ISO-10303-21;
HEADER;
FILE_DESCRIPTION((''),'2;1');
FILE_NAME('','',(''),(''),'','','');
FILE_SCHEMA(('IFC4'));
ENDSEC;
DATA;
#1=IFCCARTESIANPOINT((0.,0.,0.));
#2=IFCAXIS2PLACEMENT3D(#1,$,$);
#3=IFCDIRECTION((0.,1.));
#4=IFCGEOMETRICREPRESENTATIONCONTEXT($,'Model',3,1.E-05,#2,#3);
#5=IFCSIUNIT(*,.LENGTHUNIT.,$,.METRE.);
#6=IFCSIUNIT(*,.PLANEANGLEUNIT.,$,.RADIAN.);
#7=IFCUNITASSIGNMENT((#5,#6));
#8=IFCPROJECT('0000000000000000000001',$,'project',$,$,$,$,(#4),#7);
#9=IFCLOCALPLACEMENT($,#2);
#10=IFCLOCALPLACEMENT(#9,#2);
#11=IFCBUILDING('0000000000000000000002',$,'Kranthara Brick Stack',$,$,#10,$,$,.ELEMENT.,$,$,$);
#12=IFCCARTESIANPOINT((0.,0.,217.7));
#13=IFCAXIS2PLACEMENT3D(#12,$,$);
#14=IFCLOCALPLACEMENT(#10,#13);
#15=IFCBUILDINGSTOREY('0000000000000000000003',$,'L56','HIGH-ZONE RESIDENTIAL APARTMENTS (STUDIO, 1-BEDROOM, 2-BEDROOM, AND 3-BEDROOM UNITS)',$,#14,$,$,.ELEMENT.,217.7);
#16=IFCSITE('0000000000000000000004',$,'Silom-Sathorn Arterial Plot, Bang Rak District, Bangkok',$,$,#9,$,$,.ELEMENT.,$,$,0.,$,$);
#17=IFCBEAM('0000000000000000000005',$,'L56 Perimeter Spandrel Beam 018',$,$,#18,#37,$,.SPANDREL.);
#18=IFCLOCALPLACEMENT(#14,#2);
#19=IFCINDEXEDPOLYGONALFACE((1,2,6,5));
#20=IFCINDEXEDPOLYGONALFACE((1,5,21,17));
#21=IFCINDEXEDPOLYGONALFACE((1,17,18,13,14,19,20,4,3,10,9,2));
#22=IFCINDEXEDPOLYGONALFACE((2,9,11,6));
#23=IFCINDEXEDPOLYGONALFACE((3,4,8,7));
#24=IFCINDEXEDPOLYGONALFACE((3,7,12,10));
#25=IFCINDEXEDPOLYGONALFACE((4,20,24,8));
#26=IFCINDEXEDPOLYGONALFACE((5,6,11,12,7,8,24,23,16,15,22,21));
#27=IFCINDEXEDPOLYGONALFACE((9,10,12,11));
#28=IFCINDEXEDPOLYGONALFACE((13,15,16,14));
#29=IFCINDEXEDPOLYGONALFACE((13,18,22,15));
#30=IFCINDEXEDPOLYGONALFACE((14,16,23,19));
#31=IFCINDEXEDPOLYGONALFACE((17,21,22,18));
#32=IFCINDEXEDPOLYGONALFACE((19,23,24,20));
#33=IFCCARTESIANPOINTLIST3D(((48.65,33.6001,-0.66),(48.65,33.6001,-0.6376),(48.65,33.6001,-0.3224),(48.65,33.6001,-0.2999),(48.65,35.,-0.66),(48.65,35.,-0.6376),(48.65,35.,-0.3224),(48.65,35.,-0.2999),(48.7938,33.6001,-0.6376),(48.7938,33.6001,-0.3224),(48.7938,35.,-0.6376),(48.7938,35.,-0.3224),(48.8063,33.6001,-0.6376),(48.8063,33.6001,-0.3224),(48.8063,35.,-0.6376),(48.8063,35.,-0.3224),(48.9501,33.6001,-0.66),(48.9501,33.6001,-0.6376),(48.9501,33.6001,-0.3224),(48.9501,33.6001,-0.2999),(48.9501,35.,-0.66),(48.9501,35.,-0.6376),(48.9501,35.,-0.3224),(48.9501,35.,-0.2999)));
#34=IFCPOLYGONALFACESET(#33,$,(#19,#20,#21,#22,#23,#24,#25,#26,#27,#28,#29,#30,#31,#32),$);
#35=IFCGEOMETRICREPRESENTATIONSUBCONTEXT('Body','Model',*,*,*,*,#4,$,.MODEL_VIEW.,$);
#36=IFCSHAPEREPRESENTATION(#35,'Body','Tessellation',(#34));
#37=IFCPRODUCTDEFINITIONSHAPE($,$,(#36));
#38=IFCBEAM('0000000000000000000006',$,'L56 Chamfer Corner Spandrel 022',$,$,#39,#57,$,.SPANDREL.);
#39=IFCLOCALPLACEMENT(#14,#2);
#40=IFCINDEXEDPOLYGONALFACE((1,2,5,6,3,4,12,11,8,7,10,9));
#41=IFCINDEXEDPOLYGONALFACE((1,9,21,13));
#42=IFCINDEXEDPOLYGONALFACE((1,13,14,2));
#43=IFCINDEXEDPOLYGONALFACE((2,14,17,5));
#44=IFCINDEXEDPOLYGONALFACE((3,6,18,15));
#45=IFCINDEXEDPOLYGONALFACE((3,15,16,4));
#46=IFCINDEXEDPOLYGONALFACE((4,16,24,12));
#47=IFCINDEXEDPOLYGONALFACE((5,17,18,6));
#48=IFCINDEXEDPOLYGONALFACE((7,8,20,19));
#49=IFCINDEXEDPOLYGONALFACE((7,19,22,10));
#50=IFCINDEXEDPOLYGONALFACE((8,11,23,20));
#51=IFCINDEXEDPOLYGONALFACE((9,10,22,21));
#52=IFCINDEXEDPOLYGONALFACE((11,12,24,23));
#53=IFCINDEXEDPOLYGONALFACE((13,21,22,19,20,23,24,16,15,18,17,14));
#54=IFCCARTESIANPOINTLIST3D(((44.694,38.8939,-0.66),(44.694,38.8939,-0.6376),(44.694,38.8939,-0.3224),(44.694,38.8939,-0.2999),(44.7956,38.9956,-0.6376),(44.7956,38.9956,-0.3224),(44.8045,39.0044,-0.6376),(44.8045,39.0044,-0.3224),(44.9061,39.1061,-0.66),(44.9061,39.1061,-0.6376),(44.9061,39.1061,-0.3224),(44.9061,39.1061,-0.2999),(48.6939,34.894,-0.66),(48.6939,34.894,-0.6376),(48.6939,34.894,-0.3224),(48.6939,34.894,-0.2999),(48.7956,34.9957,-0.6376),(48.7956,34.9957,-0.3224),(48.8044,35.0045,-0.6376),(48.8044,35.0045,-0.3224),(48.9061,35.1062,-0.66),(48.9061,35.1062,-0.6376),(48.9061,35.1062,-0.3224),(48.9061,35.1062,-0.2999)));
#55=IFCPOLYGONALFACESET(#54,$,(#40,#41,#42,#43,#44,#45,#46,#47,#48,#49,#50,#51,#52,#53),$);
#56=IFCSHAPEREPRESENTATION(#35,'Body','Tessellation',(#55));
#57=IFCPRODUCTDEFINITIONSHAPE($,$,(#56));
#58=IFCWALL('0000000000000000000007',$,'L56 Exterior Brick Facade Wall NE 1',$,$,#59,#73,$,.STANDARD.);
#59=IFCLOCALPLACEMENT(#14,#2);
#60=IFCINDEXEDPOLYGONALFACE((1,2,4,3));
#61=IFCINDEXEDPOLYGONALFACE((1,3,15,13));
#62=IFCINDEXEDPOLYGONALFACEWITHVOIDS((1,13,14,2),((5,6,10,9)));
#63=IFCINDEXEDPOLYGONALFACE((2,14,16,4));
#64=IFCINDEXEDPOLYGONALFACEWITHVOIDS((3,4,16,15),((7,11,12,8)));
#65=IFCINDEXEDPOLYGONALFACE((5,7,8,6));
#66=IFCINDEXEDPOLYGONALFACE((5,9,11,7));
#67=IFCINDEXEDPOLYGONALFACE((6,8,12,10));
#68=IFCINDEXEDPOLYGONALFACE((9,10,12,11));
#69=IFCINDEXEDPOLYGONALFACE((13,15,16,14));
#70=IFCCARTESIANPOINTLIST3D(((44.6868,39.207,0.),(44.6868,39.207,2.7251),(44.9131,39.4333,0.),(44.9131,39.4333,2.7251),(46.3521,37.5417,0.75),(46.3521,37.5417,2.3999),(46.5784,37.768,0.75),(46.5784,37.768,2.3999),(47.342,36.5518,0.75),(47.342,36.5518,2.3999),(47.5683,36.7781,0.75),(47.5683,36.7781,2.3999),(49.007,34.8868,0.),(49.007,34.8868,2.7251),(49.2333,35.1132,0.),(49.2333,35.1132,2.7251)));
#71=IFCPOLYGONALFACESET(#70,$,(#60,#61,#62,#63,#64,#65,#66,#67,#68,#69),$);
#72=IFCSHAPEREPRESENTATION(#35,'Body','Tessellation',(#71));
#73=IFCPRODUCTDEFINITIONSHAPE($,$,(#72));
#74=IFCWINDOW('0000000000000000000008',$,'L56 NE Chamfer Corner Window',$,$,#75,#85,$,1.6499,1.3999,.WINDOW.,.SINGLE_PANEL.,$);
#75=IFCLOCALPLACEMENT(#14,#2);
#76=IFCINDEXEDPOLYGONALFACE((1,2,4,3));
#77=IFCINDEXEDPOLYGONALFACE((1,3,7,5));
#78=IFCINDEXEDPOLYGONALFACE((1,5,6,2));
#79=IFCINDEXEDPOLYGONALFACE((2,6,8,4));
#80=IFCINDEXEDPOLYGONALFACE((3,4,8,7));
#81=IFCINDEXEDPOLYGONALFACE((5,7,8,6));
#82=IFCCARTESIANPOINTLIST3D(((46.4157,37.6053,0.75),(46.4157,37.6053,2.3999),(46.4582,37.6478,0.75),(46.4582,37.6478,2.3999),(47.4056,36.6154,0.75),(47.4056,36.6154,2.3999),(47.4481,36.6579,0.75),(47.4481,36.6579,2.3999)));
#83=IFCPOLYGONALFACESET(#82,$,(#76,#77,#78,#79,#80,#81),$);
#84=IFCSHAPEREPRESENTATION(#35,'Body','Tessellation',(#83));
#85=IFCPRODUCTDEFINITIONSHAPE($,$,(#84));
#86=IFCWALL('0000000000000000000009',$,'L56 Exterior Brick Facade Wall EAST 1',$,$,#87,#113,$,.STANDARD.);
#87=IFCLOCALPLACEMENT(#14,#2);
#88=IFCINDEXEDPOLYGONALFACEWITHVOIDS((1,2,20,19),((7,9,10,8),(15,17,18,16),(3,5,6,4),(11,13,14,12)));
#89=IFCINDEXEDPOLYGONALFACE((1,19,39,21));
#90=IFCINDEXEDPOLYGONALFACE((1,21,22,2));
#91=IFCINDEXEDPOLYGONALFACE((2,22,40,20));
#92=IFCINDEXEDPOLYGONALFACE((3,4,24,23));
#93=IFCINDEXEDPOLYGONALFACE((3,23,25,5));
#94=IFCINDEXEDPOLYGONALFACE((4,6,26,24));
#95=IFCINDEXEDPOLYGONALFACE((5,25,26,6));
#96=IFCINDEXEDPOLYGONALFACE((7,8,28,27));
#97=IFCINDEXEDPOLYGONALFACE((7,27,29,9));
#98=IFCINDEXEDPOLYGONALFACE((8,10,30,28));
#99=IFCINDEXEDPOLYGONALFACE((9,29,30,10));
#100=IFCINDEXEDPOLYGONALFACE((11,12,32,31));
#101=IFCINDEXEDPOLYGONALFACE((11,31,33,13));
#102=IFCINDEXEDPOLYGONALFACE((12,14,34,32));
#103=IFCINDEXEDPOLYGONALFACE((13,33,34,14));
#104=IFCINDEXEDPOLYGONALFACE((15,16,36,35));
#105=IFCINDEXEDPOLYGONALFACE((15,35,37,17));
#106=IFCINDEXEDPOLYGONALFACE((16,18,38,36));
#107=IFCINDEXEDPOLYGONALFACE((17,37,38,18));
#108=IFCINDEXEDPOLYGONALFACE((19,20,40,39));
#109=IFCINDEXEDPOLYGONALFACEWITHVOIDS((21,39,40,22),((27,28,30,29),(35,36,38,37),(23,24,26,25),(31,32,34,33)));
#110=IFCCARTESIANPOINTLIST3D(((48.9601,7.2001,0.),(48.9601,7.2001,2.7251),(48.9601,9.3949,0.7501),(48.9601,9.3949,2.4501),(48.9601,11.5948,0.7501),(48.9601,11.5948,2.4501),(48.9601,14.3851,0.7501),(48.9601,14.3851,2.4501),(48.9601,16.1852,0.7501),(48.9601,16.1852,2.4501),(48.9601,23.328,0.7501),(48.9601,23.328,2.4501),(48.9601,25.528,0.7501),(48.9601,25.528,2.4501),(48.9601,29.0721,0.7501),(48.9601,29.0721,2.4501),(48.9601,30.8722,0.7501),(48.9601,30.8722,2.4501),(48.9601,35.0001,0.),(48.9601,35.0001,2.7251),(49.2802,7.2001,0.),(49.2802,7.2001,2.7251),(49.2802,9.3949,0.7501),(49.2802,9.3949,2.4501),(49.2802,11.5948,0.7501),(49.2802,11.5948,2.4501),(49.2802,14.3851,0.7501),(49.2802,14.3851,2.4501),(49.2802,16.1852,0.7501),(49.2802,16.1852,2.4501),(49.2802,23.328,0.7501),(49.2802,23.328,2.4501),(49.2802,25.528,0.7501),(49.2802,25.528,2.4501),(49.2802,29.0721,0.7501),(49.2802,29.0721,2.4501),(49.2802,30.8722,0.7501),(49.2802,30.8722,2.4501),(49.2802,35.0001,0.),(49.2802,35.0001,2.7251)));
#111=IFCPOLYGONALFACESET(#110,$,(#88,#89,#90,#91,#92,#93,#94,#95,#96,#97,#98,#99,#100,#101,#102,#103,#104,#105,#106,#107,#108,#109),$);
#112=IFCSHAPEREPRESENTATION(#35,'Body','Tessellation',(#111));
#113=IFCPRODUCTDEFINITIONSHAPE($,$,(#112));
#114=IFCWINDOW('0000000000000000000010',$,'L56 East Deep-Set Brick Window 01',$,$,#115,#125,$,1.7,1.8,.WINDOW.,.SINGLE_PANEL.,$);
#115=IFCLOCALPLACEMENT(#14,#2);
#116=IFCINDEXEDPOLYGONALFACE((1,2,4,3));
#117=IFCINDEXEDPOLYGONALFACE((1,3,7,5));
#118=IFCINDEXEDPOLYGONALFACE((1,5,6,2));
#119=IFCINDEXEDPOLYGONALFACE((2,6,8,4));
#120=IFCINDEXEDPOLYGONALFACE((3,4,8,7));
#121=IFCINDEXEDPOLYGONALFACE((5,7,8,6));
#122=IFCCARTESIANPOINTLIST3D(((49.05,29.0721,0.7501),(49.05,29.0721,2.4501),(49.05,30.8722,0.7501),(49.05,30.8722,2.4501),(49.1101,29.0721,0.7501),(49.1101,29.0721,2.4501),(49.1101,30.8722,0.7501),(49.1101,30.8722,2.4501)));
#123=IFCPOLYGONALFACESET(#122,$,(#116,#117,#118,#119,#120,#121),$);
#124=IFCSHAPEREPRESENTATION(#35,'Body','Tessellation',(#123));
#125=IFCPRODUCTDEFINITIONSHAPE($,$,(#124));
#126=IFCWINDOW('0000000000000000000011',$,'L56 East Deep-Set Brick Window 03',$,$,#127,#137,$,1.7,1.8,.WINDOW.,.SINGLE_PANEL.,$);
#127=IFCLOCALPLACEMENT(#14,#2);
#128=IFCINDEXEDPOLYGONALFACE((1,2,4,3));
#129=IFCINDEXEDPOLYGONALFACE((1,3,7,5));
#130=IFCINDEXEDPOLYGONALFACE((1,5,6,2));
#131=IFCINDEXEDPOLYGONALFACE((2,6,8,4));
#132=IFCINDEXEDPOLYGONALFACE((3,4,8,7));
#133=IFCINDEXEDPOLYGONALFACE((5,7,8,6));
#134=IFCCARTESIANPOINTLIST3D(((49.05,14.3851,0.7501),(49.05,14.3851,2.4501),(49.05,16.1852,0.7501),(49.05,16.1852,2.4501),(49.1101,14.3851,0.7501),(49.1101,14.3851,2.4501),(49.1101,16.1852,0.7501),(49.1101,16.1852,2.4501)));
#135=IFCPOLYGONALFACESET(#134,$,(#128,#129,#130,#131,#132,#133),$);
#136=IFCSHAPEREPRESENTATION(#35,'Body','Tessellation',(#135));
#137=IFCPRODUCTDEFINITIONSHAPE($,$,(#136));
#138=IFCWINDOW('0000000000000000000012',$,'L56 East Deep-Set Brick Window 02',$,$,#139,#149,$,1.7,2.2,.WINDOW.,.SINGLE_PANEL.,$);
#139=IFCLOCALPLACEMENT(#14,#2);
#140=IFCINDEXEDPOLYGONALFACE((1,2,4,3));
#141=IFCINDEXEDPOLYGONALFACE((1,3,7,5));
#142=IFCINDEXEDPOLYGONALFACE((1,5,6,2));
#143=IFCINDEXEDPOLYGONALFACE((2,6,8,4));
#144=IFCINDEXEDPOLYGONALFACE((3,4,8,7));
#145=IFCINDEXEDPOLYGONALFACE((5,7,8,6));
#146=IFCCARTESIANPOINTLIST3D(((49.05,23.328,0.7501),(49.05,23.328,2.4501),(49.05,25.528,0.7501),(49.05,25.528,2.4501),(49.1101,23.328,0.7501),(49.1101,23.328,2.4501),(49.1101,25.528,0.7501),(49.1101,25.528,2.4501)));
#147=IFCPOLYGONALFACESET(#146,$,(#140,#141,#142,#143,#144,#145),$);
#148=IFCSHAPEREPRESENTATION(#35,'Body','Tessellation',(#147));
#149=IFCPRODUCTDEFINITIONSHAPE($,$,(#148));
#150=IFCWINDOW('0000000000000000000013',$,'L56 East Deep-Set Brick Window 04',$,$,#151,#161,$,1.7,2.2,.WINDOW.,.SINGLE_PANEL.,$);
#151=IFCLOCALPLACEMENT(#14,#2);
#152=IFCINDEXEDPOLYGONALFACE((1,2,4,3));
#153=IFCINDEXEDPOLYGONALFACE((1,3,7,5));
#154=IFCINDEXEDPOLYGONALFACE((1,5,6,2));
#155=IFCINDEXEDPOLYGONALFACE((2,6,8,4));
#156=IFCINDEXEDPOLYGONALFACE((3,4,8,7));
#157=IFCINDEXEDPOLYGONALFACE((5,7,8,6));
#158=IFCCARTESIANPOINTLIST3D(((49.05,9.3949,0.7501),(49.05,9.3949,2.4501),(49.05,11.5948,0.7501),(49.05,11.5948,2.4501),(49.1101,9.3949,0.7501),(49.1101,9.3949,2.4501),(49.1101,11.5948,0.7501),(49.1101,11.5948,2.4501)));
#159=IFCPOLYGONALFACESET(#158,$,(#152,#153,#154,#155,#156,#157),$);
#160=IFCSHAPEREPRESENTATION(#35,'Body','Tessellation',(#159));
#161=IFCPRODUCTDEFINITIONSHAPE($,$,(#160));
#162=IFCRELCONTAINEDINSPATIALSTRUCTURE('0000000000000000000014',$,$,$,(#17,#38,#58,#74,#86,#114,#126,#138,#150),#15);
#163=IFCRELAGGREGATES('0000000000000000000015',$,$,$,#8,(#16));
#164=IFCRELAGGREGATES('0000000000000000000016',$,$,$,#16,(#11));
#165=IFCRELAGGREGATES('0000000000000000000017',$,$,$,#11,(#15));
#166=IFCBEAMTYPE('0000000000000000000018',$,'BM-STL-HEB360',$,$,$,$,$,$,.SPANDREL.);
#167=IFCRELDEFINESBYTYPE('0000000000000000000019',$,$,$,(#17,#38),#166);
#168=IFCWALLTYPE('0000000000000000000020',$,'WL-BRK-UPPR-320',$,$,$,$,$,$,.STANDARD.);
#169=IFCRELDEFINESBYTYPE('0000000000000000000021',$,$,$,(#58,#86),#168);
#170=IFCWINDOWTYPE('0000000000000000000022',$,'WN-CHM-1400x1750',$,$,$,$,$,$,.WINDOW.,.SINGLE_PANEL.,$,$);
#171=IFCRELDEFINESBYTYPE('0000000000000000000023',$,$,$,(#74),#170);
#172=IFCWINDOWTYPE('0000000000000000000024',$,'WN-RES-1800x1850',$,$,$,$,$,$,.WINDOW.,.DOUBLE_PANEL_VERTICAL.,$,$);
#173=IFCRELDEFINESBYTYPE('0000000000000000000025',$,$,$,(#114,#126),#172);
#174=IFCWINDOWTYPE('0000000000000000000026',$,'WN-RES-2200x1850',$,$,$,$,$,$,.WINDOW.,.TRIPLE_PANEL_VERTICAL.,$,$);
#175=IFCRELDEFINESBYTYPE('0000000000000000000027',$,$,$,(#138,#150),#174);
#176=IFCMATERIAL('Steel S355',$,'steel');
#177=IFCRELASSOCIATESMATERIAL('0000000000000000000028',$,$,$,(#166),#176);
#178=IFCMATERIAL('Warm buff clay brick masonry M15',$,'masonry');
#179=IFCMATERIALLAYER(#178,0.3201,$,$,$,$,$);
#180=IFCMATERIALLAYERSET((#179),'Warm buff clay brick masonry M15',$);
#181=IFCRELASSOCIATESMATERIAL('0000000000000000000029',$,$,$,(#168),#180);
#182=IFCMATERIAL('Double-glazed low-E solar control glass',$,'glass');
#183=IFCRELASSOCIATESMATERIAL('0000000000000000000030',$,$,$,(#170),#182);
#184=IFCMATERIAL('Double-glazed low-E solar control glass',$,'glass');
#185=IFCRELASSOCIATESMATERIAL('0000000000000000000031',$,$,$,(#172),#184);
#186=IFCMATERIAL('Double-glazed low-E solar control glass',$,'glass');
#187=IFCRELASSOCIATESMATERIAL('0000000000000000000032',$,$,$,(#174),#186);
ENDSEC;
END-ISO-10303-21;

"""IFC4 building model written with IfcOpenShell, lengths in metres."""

from ifc_helpers import new_model, si_unit, direction, frame, frame_2d, origin, origin_2d, place, context, subcontext, project, spatial, rectangle, i_section, extrude, material, layer, layer_set, material_profile, profile_set, type_object, element, fill, save


model = new_model("IFC4")

# Units and contexts
model_context = context("Model", 3, precision=1e-05, world=origin(), true_north=direction((0.0, 1.0)))
body_context = subcontext(model_context, "Body", "Model", "MODEL_VIEW")
ifc_project = project(units=[si_unit("LENGTHUNIT", "METRE"), si_unit("PLANEANGLEUNIT", "RADIAN")], contexts=[model_context])

# Site, building, storey
site_placement = place(None, origin())
site = spatial("IfcSite", under=ifc_project, at=site_placement, Name="Silom-Sathorn Arterial Plot, Bang Rak District, Bangkok", CompositionType="ELEMENT", RefElevation=0.0)
building_placement = place(site_placement, origin())
building = spatial("IfcBuilding", under=site, at=building_placement, Name="Kranthara Brick Stack", CompositionType="ELEMENT")
storey_placement = place(building_placement, frame((0.0, 0.0, 217.7)))
storey = spatial("IfcBuildingStorey", under=building, at=storey_placement, Name="L56", Description="HIGH-ZONE RESIDENTIAL APARTMENTS (STUDIO, 1-BEDROOM, 2-BEDROOM, AND 3-BEDROOM UNITS)", CompositionType="ELEMENT", Elevation=217.7)

# Beams
ifc_material_1 = material(Name="Steel S355", Category="steel")
ifc_material_profile_1 = material_profile(ifc_material_1, i_section(OverallWidth=0.3, OverallDepth=0.3601, WebThickness=0.0125, FlangeThickness=0.0225, at=origin_2d()), Name="HEB 360")
ifc_profile_set_1 = profile_set([ifc_material_profile_1], Name="Steel S355")
beam_type_1 = type_object("IfcBeamType", Name="BM-STL-HEB360", PredefinedType="SPANDREL", material=ifc_profile_set_1)
beam_1_placement = place(storey_placement, frame((48.8, 33.6001, -0.48), z_axis=(0.0, 1.0, 0.0), x_axis=(-1.0, 0.0, 0.0)))
element("IfcBeam", 1, at=beam_1_placement, inside=storey, type_object=beam_type_1, Name="L56 Perimeter Spandrel Beam 018", PredefinedType="SPANDREL", context=body_context, shape_type="SweptSolid", body=[
    extrude(i_section(OverallWidth=0.3, OverallDepth=0.3601, WebThickness=0.0125, FlangeThickness=0.0225, at=origin_2d()), origin(), (0.0, 0.0, 1.0), 1.3999),
])
beam_2_placement = place(storey_placement, frame((44.8, 39.0, -0.48), z_axis=(0.707107, -0.707107, 0.0), x_axis=(0.707107, 0.707107, 0.0)))
element("IfcBeam", 2, at=beam_2_placement, inside=storey, type_object=beam_type_1, Name="L56 Chamfer Corner Spandrel 022", PredefinedType="SPANDREL", context=body_context, shape_type="SweptSolid", body=[
    extrude(i_section(OverallWidth=0.3, OverallDepth=0.3601, WebThickness=0.0125, FlangeThickness=0.0225, at=origin_2d()), origin(), (0.0, 0.0, 1.0), 5.6567),
])

# Wall, opening, window
ifc_material_2 = material(Name="Warm buff clay brick masonry M15", Category="masonry")
ifc_layer_1 = layer(ifc_material_2, 0.3201)
ifc_layer_set_1 = layer_set([ifc_layer_1], Name="Warm buff clay brick masonry M15")
wall_type_1 = type_object("IfcWallType", Name="WL-BRK-UPPR-320", PredefinedType="STANDARD", material=ifc_layer_set_1)
wall_1_placement = place(storey_placement, frame((44.8, 39.3201, 0.0), z_axis=(0.0, 0.0, 1.0), x_axis=(0.707107, -0.707107, 0.0)))
wall_1 = element("IfcWall", 3, at=wall_1_placement, inside=storey, type_object=wall_type_1, Name="L56 Exterior Brick Facade Wall NE 1", PredefinedType="STANDARD", context=body_context, shape_type="SweptSolid", body=[
    extrude(rectangle(XDim=6.1096, YDim=0.3201, at=frame_2d((3.0547, 0.0))), origin(), (0.0, 0.0, 1.0), 2.7251),
])
opening_1_placement = place(wall_1_placement, frame((2.355, 0.0, 0.75)))
opening_1 = element("IfcOpeningElement", 4, at=opening_1_placement, cuts=wall_1, PredefinedType="OPENING", context=body_context, shape_type="SweptSolid", body=[
    extrude(rectangle(XDim=1.3999, YDim=1.6499, at=frame_2d((0.7, 0.825))), frame((0.0, 0.1699, 0.0), z_axis=(0.0, -1.0, 0.0), x_axis=(1.0, 0.0, 0.0)), (0.0, 0.0, 1.0), 0.3401),
])
ifc_material_3 = material(Name="Double-glazed low-E solar control glass", Category="glass")
window_type_1 = type_object("IfcWindowType", Name="WN-CHM-1400x1750", PartitioningType="SINGLE_PANEL", PredefinedType="WINDOW", material=ifc_material_3)
window_1_placement = place(opening_1_placement, origin())
window_1 = element("IfcWindow", 5, at=window_1_placement, inside=storey, type_object=window_type_1, Name="L56 NE Chamfer Corner Window", OverallHeight=1.6499, OverallWidth=1.3999, PartitioningType="SINGLE_PANEL", PredefinedType="WINDOW", context=body_context, shape_type="SweptSolid", body=[
    extrude(rectangle(XDim=1.3999, YDim=1.6499, at=frame_2d((0.7, 0.825))), frame((0.0, -0.01, 0.0), z_axis=(0.0, -1.0, 0.0), x_axis=(1.0, 0.0, 0.0)), (0.0, 0.0, 1.0), 0.0601),
])
fill(opening_1, window_1)

# Wall, openings, windows
wall_2_placement = place(storey_placement, frame((49.1201, 35.0, 0.0), z_axis=(0.0, 0.0, 1.0), x_axis=(0.0, -1.0, 0.0)))
wall_2 = element("IfcWall", 6, at=wall_2_placement, inside=storey, type_object=wall_type_1, Name="L56 Exterior Brick Facade Wall EAST 1", PredefinedType="STANDARD", context=body_context, shape_type="SweptSolid", body=[
    extrude(rectangle(XDim=27.8, YDim=0.3201, at=frame_2d((13.8999, 0.0))), origin(), (0.0, 0.0, 1.0), 2.7251),
])
opening_2_placement = place(wall_2_placement, frame((4.1279, 0.0, 0.75)))
opening_2 = element("IfcOpeningElement", 7, at=opening_2_placement, cuts=wall_2, PredefinedType="OPENING", context=body_context, shape_type="SweptSolid", body=[
    extrude(rectangle(XDim=1.8, YDim=1.7, at=frame_2d((0.8999, 0.8501))), frame((0.0, 0.1699, 0.0), z_axis=(0.0, -1.0, 0.0), x_axis=(1.0, 0.0, 0.0)), (0.0, 0.0, 1.0), 0.3401),
])
opening_3_placement = place(wall_2_placement, frame((9.4719, 0.0, 0.75)))
opening_3 = element("IfcOpeningElement", 8, at=opening_3_placement, cuts=wall_2, PredefinedType="OPENING", context=body_context, shape_type="SweptSolid", body=[
    extrude(rectangle(XDim=2.2, YDim=1.7, at=frame_2d((1.1001, 0.8501))), frame((0.0, 0.1699, 0.0), z_axis=(0.0, -1.0, 0.0), x_axis=(1.0, 0.0, 0.0)), (0.0, 0.0, 1.0), 0.3401),
])
opening_4_placement = place(wall_2_placement, frame((18.8149, 0.0, 0.75)))
opening_4 = element("IfcOpeningElement", 9, at=opening_4_placement, cuts=wall_2, PredefinedType="OPENING", context=body_context, shape_type="SweptSolid", body=[
    extrude(rectangle(XDim=1.8, YDim=1.7, at=frame_2d((0.8999, 0.8501))), frame((0.0, 0.1699, 0.0), z_axis=(0.0, -1.0, 0.0), x_axis=(1.0, 0.0, 0.0)), (0.0, 0.0, 1.0), 0.3401),
])
opening_5_placement = place(wall_2_placement, frame((23.405, 0.0, 0.75)))
opening_5 = element("IfcOpeningElement", 10, at=opening_5_placement, cuts=wall_2, PredefinedType="OPENING", context=body_context, shape_type="SweptSolid", body=[
    extrude(rectangle(XDim=2.2, YDim=1.7, at=frame_2d((1.1001, 0.8501))), frame((0.0, 0.1699, 0.0), z_axis=(0.0, -1.0, 0.0), x_axis=(1.0, 0.0, 0.0)), (0.0, 0.0, 1.0), 0.3401),
])
ifc_material_4 = material(Name="Double-glazed low-E solar control glass", Category="glass")
window_type_2 = type_object("IfcWindowType", Name="WN-RES-1800x1850", PartitioningType="DOUBLE_PANEL_VERTICAL", PredefinedType="WINDOW", material=ifc_material_4)
window_2_placement = place(opening_2_placement, origin())
window_2 = element("IfcWindow", 11, at=window_2_placement, inside=storey, type_object=window_type_2, Name="L56 East Deep-Set Brick Window 01", OverallHeight=1.7, OverallWidth=1.8, PartitioningType="SINGLE_PANEL", PredefinedType="WINDOW", context=body_context, shape_type="SweptSolid", body=[
    extrude(rectangle(XDim=1.8, YDim=1.7, at=frame_2d((0.8999, 0.8501))), frame((0.0, -0.01, 0.0), z_axis=(0.0, -1.0, 0.0), x_axis=(1.0, 0.0, 0.0)), (0.0, 0.0, 1.0), 0.0601),
])
fill(opening_2, window_2)
window_3_placement = place(opening_4_placement, origin())
window_3 = element("IfcWindow", 12, at=window_3_placement, inside=storey, type_object=window_type_2, Name="L56 East Deep-Set Brick Window 03", OverallHeight=1.7, OverallWidth=1.8, PartitioningType="SINGLE_PANEL", PredefinedType="WINDOW", context=body_context, shape_type="SweptSolid", body=[
    extrude(rectangle(XDim=1.8, YDim=1.7, at=frame_2d((0.8999, 0.8501))), frame((0.0, -0.01, 0.0), z_axis=(0.0, -1.0, 0.0), x_axis=(1.0, 0.0, 0.0)), (0.0, 0.0, 1.0), 0.0601),
])
fill(opening_4, window_3)
ifc_material_5 = material(Name="Double-glazed low-E solar control glass", Category="glass")
window_type_3 = type_object("IfcWindowType", Name="WN-RES-2200x1850", PartitioningType="TRIPLE_PANEL_VERTICAL", PredefinedType="WINDOW", material=ifc_material_5)
window_4_placement = place(opening_3_placement, origin())
window_4 = element("IfcWindow", 13, at=window_4_placement, inside=storey, type_object=window_type_3, Name="L56 East Deep-Set Brick Window 02", OverallHeight=1.7, OverallWidth=2.2, PartitioningType="SINGLE_PANEL", PredefinedType="WINDOW", context=body_context, shape_type="SweptSolid", body=[
    extrude(rectangle(XDim=2.2, YDim=1.7, at=frame_2d((1.1001, 0.8501))), frame((0.0, -0.01, 0.0), z_axis=(0.0, -1.0, 0.0), x_axis=(1.0, 0.0, 0.0)), (0.0, 0.0, 1.0), 0.0601),
])
fill(opening_3, window_4)
window_5_placement = place(opening_5_placement, origin())
window_5 = element("IfcWindow", 14, at=window_5_placement, inside=storey, type_object=window_type_3, Name="L56 East Deep-Set Brick Window 04", OverallHeight=1.7, OverallWidth=2.2, PartitioningType="SINGLE_PANEL", PredefinedType="WINDOW", context=body_context, shape_type="SweptSolid", body=[
    extrude(rectangle(XDim=2.2, YDim=1.7, at=frame_2d((1.1001, 0.8501))), frame((0.0, -0.01, 0.0), z_axis=(0.0, -1.0, 0.0), x_axis=(1.0, 0.0, 0.0)), (0.0, 0.0, 1.0), 0.0601),
])
fill(opening_5, window_5)

save(model, "model.ifc")
